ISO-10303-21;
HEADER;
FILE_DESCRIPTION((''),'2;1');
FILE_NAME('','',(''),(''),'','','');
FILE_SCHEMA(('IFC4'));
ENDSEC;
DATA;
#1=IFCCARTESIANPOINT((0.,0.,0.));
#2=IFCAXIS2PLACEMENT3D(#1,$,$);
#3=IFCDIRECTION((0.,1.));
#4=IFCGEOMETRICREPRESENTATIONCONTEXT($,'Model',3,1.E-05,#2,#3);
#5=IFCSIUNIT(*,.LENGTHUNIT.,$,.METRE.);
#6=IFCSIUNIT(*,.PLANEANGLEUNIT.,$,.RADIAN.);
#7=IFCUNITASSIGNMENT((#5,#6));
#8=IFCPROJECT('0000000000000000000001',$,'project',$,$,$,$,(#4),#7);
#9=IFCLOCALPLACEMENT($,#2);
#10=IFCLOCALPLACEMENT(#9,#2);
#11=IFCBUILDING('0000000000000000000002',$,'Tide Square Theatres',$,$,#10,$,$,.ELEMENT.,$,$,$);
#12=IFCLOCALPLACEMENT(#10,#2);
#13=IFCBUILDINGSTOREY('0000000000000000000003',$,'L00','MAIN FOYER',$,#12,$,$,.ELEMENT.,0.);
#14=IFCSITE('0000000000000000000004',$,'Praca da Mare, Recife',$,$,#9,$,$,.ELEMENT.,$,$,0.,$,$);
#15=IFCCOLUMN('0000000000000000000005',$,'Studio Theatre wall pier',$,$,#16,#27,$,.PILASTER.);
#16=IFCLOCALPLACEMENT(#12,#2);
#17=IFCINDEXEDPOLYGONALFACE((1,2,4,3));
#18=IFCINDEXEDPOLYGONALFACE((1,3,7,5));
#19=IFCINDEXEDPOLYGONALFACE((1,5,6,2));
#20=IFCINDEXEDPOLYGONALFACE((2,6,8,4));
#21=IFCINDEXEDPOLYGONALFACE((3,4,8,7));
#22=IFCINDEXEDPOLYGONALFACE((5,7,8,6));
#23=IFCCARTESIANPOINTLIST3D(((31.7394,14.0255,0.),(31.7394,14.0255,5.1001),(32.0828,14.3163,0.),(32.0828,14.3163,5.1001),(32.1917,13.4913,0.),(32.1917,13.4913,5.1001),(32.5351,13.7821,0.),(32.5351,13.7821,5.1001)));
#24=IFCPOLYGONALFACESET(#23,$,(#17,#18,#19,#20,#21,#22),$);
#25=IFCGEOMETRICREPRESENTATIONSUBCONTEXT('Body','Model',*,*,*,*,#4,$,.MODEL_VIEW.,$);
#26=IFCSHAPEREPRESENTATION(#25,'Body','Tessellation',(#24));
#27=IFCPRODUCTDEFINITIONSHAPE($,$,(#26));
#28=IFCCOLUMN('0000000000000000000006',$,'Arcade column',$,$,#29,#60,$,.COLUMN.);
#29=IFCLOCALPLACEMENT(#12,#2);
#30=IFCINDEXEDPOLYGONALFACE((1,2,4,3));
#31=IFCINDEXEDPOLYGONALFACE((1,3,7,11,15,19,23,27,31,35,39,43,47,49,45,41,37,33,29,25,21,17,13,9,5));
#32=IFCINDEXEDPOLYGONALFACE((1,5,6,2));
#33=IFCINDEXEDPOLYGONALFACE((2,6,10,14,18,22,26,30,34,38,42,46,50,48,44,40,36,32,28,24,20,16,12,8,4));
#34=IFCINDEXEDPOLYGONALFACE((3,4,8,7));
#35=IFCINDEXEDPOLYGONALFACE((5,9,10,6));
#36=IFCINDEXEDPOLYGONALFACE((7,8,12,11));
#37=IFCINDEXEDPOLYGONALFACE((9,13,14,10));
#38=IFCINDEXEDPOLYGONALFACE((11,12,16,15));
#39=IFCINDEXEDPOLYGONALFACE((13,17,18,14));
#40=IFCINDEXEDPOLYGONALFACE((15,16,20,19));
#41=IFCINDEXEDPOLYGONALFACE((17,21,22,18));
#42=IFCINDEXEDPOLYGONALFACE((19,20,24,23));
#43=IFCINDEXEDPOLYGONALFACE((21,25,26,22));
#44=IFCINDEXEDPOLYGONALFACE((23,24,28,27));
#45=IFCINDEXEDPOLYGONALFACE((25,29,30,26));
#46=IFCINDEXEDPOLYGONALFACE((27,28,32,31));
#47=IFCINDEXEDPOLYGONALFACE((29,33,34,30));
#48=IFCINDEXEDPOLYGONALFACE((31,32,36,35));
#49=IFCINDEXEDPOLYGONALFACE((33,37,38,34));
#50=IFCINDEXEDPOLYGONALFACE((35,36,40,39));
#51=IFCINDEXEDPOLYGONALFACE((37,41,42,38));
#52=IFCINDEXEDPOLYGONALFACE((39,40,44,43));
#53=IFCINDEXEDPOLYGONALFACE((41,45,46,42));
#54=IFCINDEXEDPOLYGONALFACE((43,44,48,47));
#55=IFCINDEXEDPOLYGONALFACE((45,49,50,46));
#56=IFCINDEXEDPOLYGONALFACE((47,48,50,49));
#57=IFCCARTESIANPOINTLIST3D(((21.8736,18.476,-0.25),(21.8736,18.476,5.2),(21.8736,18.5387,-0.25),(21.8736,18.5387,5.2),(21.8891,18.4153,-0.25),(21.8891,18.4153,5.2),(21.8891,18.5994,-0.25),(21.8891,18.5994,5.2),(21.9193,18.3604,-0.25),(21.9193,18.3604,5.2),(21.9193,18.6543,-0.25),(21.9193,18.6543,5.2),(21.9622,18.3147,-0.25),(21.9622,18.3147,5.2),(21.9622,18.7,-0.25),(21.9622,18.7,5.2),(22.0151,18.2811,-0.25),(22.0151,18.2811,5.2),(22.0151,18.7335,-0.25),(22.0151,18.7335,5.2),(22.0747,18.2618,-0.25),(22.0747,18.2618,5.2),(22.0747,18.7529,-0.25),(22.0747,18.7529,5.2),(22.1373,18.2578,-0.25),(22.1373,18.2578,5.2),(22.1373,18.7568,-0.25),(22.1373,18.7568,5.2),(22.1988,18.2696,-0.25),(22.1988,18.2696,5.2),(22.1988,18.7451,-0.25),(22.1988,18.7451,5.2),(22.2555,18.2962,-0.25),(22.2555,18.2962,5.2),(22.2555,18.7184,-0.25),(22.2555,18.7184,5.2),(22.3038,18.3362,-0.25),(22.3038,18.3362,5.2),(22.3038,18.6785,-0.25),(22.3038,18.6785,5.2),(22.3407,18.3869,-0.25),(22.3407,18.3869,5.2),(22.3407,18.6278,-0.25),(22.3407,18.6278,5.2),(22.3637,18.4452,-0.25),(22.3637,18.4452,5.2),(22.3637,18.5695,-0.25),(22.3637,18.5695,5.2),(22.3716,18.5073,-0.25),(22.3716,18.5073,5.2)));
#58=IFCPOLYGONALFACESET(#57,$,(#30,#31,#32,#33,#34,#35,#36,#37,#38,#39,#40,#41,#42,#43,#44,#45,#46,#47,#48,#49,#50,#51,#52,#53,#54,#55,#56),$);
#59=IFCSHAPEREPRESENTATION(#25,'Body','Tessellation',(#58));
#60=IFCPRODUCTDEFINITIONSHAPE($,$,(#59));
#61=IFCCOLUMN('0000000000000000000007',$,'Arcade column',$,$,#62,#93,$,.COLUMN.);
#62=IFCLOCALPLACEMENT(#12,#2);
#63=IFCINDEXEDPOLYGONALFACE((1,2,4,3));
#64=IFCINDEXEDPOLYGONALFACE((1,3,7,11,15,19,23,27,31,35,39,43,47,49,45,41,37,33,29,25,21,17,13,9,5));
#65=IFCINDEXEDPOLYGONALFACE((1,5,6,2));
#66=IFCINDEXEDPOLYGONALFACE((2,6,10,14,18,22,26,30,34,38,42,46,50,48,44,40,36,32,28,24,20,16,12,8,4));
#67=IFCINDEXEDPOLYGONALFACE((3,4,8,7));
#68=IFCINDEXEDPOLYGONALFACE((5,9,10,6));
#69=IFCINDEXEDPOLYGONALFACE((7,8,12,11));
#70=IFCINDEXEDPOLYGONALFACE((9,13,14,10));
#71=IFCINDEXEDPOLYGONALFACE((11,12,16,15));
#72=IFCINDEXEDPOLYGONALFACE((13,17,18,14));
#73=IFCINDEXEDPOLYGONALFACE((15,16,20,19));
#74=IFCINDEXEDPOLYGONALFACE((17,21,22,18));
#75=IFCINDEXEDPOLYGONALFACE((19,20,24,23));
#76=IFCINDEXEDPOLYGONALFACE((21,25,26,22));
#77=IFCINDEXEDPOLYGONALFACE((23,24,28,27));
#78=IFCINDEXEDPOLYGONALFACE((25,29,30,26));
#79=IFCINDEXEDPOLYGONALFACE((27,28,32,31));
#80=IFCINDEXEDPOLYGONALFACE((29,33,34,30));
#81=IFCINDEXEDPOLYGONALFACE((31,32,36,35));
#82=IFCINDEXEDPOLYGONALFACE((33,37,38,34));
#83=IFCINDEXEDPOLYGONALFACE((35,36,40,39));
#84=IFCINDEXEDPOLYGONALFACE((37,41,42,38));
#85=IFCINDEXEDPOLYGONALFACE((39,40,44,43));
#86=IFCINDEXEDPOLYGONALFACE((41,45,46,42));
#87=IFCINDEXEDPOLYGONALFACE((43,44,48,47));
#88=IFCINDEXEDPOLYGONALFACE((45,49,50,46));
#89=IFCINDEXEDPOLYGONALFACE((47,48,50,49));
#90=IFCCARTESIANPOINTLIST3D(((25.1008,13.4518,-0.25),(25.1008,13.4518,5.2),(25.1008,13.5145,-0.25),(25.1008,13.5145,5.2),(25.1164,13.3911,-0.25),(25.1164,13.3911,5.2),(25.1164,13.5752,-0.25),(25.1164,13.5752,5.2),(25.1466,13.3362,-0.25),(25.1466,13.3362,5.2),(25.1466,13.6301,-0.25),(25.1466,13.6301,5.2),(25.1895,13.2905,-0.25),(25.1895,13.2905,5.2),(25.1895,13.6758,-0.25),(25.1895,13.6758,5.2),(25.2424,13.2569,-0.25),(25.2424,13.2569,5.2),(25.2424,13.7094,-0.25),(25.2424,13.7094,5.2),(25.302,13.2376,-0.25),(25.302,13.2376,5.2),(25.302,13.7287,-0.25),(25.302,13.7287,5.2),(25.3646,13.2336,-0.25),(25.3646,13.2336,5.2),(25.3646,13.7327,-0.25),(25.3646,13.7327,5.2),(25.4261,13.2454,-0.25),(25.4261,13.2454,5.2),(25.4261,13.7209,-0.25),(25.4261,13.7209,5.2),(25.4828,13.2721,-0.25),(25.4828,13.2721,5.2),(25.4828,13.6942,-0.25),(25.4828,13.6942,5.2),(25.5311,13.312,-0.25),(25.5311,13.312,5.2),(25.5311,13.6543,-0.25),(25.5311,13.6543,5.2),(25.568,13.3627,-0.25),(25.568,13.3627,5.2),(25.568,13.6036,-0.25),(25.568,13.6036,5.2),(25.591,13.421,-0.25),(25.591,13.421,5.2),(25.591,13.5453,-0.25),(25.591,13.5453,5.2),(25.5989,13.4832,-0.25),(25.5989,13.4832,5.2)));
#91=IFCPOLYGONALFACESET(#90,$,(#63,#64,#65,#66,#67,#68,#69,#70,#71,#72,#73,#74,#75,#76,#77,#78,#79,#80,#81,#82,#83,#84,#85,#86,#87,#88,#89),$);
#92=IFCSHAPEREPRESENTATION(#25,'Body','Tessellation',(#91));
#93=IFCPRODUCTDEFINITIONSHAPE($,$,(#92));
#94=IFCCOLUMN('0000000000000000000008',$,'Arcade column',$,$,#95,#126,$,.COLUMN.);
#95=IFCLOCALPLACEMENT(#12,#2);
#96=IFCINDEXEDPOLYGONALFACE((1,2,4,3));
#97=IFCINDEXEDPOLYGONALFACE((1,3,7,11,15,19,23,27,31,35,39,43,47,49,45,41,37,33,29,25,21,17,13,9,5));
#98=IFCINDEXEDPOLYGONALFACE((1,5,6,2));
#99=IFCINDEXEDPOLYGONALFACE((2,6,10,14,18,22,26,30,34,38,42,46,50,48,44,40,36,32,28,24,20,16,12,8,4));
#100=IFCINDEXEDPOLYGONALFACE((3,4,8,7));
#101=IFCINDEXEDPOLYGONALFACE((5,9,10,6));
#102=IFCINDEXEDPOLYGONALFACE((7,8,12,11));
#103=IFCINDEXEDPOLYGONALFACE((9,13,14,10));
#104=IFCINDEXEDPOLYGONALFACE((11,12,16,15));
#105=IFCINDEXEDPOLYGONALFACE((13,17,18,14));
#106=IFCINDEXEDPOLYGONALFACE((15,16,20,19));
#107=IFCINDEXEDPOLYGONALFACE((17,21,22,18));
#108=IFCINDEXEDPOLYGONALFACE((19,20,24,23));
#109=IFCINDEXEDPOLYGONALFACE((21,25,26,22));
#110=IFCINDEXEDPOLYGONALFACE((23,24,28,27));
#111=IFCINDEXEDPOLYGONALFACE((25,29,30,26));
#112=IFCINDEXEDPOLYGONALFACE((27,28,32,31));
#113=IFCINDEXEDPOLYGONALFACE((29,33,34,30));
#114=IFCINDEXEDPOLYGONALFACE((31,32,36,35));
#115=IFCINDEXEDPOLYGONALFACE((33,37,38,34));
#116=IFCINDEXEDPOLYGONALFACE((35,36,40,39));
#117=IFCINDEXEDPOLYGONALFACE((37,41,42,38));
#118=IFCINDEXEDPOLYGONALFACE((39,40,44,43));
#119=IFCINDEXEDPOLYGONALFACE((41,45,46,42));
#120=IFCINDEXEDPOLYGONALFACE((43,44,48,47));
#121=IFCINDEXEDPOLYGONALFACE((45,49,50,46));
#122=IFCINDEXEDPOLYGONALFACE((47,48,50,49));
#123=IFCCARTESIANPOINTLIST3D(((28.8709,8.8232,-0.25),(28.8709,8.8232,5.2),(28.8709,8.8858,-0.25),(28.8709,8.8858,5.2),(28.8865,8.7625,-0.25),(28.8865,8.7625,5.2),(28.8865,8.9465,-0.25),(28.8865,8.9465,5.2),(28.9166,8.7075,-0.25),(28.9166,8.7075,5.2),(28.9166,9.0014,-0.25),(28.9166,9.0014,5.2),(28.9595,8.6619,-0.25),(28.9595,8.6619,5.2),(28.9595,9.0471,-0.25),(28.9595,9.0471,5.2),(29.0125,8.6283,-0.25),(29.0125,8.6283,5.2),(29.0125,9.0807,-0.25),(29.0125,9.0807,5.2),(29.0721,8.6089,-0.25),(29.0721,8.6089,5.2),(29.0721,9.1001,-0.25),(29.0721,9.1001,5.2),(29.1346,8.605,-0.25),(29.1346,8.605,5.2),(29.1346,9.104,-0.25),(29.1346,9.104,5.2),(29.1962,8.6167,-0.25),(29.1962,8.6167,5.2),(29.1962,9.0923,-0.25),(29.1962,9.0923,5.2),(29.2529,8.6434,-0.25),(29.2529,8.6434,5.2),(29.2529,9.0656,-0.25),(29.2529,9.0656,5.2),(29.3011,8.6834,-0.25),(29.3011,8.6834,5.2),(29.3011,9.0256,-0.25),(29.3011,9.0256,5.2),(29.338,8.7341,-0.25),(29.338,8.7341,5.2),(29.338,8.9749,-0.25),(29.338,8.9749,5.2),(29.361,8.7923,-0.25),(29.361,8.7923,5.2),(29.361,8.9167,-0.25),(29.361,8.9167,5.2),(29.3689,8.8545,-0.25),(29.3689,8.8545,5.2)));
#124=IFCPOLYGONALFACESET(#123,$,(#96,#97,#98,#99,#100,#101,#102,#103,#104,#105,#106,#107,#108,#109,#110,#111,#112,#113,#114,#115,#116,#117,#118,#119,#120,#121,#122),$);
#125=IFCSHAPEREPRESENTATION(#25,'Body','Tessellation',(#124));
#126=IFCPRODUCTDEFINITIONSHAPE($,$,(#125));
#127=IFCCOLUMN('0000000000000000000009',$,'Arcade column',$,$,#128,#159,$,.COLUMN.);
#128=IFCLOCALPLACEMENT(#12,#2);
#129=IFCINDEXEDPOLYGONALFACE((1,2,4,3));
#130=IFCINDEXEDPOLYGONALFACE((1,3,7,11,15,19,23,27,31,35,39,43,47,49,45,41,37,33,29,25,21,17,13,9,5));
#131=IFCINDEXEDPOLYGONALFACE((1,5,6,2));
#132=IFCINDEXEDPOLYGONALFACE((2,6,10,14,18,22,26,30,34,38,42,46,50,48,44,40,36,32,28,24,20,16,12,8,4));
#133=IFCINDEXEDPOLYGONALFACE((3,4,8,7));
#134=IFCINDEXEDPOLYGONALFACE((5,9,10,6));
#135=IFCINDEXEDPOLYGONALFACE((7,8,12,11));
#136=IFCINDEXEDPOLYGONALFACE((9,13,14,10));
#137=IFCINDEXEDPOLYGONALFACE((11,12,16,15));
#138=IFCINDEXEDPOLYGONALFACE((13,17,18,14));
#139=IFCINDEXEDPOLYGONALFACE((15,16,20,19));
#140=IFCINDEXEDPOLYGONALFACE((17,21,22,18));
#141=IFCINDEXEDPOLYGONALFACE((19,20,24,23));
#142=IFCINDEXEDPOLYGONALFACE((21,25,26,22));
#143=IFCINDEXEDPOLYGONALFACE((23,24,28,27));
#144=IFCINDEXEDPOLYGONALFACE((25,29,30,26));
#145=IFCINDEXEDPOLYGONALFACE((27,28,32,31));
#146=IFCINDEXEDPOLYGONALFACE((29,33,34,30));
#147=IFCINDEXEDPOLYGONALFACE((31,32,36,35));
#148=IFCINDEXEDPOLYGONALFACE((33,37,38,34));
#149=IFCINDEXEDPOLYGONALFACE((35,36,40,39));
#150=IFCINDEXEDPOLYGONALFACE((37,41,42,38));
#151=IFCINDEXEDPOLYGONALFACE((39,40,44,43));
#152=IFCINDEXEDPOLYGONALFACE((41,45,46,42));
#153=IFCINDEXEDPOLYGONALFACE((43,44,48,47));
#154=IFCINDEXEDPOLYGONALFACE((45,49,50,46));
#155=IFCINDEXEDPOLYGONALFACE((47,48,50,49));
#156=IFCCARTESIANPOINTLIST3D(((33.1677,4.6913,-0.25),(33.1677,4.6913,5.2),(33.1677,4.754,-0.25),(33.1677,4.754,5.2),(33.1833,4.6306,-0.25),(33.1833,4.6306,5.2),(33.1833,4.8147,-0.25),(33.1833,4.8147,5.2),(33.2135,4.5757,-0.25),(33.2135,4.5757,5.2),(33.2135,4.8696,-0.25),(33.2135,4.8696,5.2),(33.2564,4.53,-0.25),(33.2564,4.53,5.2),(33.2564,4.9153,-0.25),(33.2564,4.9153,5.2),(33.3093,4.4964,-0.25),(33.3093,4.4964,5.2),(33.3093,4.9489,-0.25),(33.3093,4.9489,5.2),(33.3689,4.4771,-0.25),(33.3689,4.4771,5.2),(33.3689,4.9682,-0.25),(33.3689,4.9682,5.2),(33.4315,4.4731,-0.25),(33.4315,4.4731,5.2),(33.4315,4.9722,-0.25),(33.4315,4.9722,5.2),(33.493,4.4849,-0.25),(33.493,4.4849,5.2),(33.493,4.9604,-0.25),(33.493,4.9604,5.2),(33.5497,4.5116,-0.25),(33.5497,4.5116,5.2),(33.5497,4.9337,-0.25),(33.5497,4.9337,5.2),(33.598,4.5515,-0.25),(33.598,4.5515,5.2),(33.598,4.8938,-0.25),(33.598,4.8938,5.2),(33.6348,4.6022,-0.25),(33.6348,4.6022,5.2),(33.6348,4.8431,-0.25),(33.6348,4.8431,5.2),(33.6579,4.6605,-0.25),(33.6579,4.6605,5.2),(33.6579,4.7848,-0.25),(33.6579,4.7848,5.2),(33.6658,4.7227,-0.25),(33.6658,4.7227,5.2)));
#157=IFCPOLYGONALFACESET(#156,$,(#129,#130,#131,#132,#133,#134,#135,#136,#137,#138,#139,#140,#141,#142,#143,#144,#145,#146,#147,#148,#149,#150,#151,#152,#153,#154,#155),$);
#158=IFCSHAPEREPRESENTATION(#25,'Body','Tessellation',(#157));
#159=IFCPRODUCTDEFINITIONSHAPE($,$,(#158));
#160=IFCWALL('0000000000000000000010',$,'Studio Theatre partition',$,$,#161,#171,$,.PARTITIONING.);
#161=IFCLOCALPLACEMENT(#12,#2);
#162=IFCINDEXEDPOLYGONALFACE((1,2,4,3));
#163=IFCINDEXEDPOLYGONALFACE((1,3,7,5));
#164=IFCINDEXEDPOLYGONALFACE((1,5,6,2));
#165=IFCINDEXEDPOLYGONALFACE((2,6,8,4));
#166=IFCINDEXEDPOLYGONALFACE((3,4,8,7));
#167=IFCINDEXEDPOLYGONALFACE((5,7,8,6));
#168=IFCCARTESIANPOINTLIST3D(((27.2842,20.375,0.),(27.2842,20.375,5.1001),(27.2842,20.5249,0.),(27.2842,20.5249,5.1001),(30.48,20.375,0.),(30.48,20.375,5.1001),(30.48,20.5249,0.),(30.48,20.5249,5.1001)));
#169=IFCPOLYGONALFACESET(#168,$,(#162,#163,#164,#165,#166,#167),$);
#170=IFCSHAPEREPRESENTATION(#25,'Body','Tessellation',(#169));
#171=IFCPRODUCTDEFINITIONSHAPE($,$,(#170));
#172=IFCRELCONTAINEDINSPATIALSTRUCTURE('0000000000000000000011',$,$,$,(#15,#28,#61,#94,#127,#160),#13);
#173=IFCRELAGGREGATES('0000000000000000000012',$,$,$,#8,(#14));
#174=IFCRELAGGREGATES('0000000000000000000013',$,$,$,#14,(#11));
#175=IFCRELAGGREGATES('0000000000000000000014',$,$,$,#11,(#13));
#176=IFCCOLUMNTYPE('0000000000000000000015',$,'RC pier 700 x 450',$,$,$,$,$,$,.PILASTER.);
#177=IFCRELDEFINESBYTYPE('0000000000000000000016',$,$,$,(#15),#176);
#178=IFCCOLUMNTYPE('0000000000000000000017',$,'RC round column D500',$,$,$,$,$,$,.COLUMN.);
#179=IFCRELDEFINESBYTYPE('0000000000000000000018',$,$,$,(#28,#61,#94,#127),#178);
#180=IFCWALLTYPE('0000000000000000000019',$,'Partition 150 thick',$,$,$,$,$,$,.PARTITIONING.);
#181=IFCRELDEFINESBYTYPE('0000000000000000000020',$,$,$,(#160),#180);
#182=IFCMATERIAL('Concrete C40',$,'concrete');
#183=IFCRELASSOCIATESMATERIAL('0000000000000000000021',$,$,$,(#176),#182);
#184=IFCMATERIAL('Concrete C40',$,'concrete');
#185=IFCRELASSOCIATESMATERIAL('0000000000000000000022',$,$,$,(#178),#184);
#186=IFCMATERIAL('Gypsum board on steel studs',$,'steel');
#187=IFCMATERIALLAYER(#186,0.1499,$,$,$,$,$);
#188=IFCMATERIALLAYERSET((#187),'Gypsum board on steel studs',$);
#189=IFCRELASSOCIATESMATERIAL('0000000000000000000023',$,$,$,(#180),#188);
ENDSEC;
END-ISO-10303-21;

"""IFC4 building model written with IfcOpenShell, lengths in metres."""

from ifc_helpers import new_model, si_unit, direction, frame, frame_2d, origin, origin_2d, place, context, subcontext, project, spatial, rectangle, circle, extrude, material, layer, layer_set, material_profile, profile_set, type_object, element, save


model = new_model("IFC4")

# Units and contexts
model_context = context("Model", 3, precision=1e-05, world=origin(), true_north=direction((0.0, 1.0)))
body_context = subcontext(model_context, "Body", "Model", "MODEL_VIEW")
ifc_project = project(units=[si_unit("LENGTHUNIT", "METRE"), si_unit("PLANEANGLEUNIT", "RADIAN")], contexts=[model_context])

# Site, building, storey
site_placement = place(None, origin())
site = spatial("IfcSite", under=ifc_project, at=site_placement, Name="Praca da Mare, Recife", CompositionType="ELEMENT", RefElevation=0.0)
building_placement = place(site_placement, origin())
building = spatial("IfcBuilding", under=site, at=building_placement, Name="Tide Square Theatres", CompositionType="ELEMENT")
storey_placement = place(building_placement, origin())
storey = spatial("IfcBuildingStorey", under=building, at=storey_placement, Name="L00", Description="MAIN FOYER", CompositionType="ELEMENT", Elevation=0.0)

# Columns
ifc_material_1 = material(Name="Concrete C40", Category="concrete")
ifc_material_profile_1 = material_profile(ifc_material_1, rectangle(XDim=0.7, YDim=0.45, at=origin_2d()))
ifc_profile_set_1 = profile_set([ifc_material_profile_1], Name="Concrete C40")
column_type_1 = type_object("IfcColumnType", Name="RC pier 700 x 450", PredefinedType="PILASTER", material=ifc_profile_set_1)
column_placement = place(storey_placement, frame((32.1372, 13.9038, 0.0), z_axis=(0.0, 0.0, 1.0), x_axis=(0.646184, -0.763182, 0.0)))
element("IfcColumn", 1, at=column_placement, inside=storey, type_object=column_type_1, Name="Studio Theatre wall pier", PredefinedType="PILASTER", context=body_context, shape_type="SweptSolid", body=[
    extrude(rectangle(XDim=0.7, YDim=0.45, at=origin_2d()), origin(), (0.0, 0.0, 1.0), 5.1001),
])
ifc_material_2 = material(Name="Concrete C40", Category="concrete")
ifc_material_profile_2 = material_profile(ifc_material_2, circle(Radius=0.25, at=origin_2d()))
ifc_profile_set_2 = profile_set([ifc_material_profile_2], Name="Concrete C40")
column_type_2 = type_object("IfcColumnType", Name="RC round column D500", PredefinedType="COLUMN", material=ifc_profile_set_2)
for number, where, z_axis, x_axis, name in (
    (2, (22.1216, 18.5073, -0.25), (0.0, 0.0, 1.0), (1.0, 0.0, 0.0), "Arcade column"),
    (3, (25.3489, 13.4832, -0.25), (0.0, 0.0, 1.0), (1.0, 0.0, 0.0), "Arcade column"),
    (4, (29.1189, 8.8545, -0.25), (0.0, 0.0, 1.0), (1.0, 0.0, 0.0), "Arcade column"),
    (5, (33.4158, 4.7227, -0.25), (0.0, 0.0, 1.0), (1.0, 0.0, 0.0), "Arcade column"),
):
    element("IfcColumn", number, at=place(storey_placement, frame(where, z_axis=z_axis, x_axis=x_axis)), inside=storey, type_object=column_type_2, Name=name, PredefinedType="COLUMN", context=body_context, shape_type="SweptSolid", body=[
        extrude(circle(Radius=0.25, at=origin_2d()), origin(), (0.0, 0.0, 1.0), 5.45),
    ])

# Wall
ifc_material_3 = material(Name="Gypsum board on steel studs", Category="steel")
ifc_layer_1 = layer(ifc_material_3, 0.1499)
ifc_layer_set_1 = layer_set([ifc_layer_1], Name="Gypsum board on steel studs")
wall_type_1 = type_object("IfcWallType", Name="Partition 150 thick", PredefinedType="PARTITIONING", material=ifc_layer_set_1)
wall_1_placement = place(storey_placement, frame((30.48, 20.45, 0.0), z_axis=(0.0, 0.0, 1.0), x_axis=(-1.0, 0.0, 0.0)))
element("IfcWall", 6, at=wall_1_placement, inside=storey, type_object=wall_type_1, Name="Studio Theatre partition", PredefinedType="PARTITIONING", context=body_context, shape_type="SweptSolid", body=[
    extrude(rectangle(XDim=3.1958, YDim=0.1499, at=frame_2d((1.5979, 0.0))), origin(), (0.0, 0.0, 1.0), 5.1001),
])

save(model, "model.ifc")
